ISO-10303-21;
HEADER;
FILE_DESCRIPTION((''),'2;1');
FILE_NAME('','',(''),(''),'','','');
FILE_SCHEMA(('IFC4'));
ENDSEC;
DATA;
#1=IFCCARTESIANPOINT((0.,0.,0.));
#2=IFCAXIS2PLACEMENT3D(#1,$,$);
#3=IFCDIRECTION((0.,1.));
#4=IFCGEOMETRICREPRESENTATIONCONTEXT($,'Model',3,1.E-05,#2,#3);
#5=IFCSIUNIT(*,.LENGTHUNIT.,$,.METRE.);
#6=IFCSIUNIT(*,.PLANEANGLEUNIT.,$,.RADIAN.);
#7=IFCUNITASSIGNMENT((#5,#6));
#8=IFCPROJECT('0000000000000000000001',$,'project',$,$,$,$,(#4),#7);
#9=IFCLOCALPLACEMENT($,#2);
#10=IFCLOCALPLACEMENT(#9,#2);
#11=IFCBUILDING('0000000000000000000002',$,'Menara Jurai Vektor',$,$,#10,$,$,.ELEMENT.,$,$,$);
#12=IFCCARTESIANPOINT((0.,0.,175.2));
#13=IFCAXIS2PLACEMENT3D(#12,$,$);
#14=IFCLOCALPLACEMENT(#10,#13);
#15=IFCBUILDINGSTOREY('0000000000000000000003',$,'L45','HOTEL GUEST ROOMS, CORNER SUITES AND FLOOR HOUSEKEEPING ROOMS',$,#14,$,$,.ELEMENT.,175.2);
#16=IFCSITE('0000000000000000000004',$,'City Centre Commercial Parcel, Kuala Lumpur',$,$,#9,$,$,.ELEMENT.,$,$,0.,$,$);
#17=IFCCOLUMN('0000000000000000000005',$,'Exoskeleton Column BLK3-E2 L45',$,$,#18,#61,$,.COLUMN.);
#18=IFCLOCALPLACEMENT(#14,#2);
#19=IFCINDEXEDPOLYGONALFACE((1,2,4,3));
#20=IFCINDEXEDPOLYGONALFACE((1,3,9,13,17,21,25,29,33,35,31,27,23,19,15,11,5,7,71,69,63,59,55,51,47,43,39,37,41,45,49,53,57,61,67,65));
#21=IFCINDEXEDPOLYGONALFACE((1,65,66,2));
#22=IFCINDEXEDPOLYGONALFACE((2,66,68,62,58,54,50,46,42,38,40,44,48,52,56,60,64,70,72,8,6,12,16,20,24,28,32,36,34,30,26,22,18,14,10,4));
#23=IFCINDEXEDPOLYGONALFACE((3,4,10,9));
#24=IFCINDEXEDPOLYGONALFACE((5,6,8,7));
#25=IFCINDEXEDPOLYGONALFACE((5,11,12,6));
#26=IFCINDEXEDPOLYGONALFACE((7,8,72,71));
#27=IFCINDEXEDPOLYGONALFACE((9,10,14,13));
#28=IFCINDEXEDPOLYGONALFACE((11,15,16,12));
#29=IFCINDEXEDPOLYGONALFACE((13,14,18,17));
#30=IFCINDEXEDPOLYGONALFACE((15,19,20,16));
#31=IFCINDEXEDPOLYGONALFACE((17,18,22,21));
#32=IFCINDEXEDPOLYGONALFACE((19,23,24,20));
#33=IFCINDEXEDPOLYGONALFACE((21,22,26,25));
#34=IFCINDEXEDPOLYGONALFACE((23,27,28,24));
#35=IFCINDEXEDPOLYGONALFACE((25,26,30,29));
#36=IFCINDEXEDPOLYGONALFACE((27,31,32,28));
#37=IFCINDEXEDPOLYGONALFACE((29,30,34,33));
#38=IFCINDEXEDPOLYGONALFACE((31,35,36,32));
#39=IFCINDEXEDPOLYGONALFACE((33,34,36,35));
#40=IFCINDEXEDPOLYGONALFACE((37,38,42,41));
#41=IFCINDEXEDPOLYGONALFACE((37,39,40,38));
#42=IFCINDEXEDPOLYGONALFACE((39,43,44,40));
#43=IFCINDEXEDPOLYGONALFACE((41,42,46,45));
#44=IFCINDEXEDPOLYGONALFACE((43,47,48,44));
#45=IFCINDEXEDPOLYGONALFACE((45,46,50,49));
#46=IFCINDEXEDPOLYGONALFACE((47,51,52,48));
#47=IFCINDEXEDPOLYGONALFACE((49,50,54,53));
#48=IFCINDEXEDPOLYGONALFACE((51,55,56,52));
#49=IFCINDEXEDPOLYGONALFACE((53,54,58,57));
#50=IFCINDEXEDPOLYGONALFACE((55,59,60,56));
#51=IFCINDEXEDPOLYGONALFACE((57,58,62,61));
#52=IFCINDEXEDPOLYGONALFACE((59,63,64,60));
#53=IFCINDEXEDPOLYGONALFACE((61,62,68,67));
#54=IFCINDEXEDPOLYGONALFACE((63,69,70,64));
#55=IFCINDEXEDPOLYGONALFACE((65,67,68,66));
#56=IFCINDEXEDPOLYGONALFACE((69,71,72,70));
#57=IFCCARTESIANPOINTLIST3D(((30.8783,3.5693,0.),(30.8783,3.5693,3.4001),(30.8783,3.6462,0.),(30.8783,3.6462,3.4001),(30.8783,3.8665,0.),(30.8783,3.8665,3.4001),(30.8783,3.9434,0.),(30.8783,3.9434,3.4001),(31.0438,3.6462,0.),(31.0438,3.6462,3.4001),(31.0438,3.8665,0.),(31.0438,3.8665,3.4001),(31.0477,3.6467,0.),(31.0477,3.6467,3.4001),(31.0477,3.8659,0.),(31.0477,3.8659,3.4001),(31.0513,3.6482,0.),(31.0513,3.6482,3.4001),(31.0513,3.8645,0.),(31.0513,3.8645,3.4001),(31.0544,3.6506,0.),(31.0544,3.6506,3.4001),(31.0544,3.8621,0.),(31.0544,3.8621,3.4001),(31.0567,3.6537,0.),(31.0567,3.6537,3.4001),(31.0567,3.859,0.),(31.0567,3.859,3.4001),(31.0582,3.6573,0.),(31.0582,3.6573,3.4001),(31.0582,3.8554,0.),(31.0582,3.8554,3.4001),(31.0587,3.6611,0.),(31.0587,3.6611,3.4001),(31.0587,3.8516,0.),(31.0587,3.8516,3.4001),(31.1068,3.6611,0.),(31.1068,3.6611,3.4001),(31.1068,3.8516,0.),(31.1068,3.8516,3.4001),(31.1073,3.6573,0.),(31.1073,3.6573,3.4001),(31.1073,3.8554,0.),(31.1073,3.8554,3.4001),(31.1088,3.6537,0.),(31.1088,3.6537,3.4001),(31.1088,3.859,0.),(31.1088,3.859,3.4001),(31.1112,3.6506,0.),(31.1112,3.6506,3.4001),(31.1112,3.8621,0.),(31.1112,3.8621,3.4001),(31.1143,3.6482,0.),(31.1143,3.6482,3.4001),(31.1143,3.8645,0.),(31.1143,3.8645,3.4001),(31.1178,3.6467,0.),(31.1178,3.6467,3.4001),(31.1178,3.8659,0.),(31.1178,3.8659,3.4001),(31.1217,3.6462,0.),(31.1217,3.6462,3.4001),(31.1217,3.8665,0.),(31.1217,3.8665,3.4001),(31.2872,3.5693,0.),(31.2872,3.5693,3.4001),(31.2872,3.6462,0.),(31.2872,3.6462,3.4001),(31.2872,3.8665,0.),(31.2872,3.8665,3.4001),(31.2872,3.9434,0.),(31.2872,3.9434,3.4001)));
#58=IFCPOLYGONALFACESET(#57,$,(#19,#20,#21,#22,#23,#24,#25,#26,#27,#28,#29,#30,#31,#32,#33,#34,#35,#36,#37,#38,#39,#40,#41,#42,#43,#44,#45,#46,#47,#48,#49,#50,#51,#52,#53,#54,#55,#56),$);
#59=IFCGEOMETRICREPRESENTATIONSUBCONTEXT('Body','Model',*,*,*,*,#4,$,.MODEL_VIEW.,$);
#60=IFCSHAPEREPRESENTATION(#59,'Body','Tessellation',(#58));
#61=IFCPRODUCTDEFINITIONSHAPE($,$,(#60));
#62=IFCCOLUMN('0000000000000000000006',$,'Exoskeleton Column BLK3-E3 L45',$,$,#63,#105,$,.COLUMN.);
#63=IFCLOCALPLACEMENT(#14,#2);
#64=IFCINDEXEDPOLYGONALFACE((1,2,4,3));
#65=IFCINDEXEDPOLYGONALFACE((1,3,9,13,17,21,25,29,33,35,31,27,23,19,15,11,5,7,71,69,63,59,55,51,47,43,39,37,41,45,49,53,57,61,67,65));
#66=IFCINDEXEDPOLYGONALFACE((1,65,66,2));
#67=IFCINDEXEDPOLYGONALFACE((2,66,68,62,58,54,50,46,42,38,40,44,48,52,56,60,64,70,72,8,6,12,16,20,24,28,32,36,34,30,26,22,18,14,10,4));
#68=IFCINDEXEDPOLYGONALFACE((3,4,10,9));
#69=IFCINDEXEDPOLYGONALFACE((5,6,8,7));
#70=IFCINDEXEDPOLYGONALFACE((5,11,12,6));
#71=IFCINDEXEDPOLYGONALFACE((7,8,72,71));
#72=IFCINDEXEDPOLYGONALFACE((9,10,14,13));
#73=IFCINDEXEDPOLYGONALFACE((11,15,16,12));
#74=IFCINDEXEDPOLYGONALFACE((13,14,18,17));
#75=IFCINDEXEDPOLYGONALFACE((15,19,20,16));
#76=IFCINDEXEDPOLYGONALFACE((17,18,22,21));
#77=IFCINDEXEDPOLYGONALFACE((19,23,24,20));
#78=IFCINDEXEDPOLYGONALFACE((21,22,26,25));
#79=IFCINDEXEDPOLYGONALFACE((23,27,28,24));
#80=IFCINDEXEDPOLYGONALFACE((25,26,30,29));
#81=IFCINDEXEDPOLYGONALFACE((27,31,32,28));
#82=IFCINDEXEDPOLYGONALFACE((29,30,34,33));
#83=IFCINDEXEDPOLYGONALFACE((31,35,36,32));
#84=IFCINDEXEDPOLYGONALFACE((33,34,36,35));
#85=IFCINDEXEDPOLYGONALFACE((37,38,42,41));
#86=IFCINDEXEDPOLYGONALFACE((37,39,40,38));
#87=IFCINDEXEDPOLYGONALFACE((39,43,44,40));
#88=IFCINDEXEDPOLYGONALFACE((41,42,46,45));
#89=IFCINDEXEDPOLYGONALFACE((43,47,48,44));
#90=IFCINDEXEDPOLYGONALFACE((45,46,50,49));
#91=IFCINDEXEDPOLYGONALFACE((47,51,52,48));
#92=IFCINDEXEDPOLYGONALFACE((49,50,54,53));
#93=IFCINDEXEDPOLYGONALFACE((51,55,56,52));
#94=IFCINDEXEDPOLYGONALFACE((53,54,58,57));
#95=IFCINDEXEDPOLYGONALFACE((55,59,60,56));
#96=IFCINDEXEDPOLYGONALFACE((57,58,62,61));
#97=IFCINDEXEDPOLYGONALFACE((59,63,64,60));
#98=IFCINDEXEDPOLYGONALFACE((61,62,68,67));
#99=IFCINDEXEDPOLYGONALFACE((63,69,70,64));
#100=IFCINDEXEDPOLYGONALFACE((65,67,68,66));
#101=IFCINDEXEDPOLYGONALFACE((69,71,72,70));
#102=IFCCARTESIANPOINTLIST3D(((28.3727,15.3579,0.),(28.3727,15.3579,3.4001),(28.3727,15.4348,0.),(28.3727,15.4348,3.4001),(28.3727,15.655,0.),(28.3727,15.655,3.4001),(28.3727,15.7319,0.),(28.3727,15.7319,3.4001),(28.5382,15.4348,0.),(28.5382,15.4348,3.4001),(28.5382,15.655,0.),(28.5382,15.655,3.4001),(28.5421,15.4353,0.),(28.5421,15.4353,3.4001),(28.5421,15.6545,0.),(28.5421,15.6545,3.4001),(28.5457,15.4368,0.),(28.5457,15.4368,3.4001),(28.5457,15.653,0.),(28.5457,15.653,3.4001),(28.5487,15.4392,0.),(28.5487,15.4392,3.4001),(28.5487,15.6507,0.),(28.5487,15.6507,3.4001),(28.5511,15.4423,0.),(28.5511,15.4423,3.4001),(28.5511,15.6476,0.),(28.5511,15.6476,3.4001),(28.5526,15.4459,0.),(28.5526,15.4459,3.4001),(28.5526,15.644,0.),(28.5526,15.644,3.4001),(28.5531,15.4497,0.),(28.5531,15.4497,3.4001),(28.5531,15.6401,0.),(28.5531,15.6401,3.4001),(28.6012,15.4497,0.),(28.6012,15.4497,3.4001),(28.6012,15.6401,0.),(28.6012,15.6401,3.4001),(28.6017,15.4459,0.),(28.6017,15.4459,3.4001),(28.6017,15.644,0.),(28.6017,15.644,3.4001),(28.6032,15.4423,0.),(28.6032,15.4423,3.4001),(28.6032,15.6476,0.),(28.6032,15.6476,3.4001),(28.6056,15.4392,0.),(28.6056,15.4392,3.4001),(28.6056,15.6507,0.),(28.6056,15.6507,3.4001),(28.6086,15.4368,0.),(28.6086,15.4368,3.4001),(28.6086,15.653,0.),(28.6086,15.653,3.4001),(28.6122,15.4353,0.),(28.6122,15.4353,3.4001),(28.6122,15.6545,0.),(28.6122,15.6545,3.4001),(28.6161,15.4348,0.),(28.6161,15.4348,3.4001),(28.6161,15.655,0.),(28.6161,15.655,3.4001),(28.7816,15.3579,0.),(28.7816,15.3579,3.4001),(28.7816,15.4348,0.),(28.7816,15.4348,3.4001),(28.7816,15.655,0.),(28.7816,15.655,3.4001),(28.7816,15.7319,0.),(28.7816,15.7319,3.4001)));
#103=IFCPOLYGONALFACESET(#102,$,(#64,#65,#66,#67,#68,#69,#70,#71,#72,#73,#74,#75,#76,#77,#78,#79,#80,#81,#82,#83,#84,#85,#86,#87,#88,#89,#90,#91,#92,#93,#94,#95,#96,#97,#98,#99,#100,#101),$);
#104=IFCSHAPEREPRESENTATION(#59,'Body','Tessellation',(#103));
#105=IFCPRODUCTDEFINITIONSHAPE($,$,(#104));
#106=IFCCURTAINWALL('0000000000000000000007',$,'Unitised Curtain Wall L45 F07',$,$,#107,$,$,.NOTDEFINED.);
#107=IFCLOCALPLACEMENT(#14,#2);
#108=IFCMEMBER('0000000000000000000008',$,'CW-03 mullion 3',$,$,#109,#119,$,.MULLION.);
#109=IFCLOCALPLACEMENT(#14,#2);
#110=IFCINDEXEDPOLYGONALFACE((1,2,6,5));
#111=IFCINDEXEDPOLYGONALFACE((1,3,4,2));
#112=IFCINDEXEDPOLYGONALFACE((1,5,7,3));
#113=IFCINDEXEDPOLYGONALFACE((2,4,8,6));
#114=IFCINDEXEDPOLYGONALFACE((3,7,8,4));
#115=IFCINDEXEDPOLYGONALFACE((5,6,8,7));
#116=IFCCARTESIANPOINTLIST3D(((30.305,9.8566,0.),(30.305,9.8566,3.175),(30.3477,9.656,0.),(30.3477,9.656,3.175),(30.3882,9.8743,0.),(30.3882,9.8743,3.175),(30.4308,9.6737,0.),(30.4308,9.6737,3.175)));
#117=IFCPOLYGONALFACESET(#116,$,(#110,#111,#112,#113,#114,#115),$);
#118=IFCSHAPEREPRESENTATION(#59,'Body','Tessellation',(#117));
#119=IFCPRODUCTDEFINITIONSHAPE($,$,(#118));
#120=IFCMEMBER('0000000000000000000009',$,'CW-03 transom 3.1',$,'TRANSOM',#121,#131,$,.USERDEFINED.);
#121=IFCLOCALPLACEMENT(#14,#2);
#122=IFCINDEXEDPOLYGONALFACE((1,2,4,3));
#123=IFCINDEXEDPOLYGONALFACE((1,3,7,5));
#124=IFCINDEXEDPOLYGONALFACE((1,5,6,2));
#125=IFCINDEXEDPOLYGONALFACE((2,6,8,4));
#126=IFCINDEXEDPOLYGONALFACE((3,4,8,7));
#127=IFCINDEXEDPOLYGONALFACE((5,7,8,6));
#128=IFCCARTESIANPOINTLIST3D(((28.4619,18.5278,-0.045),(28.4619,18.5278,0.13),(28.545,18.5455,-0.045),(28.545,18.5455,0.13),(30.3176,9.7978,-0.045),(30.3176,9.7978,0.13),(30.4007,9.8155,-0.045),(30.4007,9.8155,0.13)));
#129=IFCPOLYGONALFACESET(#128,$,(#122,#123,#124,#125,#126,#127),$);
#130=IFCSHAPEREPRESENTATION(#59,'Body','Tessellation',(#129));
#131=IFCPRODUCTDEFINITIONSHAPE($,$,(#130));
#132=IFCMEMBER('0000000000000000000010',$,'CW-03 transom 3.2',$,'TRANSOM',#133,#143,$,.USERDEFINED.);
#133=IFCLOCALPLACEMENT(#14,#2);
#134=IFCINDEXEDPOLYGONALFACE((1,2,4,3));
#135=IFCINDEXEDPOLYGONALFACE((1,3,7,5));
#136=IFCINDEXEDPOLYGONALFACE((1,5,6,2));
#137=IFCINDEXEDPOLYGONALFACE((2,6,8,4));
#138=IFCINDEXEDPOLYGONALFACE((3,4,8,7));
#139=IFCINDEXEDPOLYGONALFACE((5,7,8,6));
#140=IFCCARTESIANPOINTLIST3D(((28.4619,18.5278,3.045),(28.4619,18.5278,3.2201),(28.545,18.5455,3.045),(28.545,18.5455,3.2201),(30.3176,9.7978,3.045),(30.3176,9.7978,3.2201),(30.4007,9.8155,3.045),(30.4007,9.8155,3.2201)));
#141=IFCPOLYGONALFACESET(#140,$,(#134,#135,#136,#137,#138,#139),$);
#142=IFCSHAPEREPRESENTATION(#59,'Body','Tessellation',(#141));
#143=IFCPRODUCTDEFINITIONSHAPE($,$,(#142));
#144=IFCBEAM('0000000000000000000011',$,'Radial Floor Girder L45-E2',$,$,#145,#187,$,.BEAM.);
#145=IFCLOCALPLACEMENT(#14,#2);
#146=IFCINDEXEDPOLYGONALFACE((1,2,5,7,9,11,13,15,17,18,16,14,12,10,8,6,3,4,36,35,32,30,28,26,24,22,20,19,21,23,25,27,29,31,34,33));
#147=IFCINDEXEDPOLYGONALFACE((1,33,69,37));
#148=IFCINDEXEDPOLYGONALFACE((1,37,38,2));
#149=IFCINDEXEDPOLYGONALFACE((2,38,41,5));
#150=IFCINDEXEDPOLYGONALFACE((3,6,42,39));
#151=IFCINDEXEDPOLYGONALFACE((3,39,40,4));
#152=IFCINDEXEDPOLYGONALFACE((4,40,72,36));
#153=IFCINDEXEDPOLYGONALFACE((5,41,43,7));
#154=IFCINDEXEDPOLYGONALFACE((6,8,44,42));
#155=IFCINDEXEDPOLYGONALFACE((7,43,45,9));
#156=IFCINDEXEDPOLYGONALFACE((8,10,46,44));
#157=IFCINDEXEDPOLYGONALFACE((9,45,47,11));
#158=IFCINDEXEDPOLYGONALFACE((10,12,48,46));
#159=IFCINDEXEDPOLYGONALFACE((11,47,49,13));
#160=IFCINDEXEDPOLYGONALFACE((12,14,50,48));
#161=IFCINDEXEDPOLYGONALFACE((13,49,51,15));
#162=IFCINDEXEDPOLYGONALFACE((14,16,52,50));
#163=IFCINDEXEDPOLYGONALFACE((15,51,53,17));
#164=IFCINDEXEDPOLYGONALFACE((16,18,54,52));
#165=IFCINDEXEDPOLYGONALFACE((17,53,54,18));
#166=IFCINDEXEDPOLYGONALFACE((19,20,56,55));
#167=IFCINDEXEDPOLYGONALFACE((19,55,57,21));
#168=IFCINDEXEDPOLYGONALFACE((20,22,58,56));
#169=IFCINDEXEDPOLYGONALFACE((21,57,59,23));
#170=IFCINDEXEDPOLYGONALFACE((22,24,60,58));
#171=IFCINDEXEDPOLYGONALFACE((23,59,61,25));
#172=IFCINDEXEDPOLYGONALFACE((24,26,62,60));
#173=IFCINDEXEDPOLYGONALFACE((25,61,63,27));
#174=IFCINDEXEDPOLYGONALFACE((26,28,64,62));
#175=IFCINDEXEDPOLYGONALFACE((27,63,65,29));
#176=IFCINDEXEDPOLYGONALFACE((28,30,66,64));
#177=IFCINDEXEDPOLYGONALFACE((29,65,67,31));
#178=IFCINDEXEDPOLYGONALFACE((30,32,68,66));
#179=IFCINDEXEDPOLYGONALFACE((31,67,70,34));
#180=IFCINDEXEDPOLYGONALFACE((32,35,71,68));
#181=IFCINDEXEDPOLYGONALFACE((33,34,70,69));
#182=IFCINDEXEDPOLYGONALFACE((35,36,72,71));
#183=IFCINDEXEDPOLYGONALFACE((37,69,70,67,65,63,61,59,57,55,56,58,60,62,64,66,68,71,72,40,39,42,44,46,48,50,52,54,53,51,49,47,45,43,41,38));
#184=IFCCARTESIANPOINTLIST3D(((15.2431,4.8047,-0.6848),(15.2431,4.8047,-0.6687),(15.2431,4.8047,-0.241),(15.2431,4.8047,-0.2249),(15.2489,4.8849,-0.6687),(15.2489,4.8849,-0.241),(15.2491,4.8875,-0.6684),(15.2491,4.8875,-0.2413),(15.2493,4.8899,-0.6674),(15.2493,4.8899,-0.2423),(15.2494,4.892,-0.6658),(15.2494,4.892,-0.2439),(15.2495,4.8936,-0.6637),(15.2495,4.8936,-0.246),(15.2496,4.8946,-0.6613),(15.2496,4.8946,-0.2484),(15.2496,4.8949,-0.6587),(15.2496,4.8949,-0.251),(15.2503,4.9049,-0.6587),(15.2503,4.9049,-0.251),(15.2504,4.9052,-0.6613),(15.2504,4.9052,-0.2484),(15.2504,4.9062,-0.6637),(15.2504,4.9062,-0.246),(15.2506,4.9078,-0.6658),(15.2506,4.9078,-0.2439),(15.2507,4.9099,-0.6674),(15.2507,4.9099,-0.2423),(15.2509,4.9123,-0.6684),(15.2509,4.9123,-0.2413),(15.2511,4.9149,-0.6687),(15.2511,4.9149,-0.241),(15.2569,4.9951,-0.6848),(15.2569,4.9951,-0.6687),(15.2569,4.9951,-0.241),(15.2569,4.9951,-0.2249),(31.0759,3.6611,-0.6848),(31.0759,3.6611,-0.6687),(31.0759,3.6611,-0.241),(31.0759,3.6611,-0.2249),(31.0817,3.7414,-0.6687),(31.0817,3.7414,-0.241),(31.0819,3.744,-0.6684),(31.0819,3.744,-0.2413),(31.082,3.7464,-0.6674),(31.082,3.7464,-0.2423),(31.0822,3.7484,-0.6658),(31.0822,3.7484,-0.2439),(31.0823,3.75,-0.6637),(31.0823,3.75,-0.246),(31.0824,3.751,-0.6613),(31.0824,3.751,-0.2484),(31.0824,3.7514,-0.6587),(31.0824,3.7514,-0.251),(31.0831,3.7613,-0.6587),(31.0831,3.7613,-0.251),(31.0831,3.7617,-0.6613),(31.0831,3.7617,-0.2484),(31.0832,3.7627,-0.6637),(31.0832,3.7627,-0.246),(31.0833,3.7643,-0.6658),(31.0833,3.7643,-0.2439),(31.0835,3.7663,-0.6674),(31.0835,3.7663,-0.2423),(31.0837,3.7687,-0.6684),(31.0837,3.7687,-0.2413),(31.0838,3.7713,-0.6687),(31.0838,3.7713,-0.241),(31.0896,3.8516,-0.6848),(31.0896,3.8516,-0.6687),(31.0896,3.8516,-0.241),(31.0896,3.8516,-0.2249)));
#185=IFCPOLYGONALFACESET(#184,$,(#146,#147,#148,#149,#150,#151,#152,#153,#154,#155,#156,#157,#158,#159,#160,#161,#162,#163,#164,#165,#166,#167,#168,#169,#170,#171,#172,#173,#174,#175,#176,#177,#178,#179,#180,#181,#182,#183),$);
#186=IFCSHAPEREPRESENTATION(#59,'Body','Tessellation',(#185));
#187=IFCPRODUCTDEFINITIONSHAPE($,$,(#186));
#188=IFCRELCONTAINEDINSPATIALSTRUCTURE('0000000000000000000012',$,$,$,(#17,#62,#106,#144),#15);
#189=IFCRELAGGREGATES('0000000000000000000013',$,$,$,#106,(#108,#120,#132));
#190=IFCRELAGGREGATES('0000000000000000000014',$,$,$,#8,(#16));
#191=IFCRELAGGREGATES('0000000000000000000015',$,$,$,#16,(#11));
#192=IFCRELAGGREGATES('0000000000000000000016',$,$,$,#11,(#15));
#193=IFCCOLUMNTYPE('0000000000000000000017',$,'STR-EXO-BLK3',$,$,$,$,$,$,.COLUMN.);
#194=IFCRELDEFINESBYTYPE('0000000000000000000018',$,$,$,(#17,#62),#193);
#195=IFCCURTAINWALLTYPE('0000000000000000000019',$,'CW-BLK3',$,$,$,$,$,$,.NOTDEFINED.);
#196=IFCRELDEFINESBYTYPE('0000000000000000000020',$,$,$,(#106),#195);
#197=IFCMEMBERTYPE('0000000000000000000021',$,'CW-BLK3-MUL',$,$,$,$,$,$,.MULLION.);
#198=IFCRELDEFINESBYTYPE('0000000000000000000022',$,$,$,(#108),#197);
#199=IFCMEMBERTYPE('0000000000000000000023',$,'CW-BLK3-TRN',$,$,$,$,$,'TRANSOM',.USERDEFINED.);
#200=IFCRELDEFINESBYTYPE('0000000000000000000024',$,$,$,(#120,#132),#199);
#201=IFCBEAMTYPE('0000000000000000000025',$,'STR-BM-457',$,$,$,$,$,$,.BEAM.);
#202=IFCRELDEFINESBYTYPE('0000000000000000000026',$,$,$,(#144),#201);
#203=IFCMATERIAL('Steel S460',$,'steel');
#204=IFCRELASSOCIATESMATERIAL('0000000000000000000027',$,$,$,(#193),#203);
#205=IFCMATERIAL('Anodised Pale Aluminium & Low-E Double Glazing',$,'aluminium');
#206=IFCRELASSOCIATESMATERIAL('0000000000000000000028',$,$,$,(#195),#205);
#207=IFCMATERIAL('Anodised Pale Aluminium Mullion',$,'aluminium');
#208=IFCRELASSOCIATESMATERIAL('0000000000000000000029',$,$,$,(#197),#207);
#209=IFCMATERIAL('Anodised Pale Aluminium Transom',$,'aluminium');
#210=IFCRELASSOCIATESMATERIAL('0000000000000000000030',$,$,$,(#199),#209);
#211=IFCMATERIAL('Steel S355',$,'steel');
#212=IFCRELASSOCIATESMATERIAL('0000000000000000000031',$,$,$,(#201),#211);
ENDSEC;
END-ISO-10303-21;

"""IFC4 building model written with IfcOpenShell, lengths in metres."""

from ifc_helpers import new_model, si_unit, direction, frame, origin, origin_2d, place, context, subcontext, project, spatial, rectangle, i_section, extrude, material, material_profile, profile_set, type_object, element, aggregate, save


model = new_model("IFC4")

# Units and contexts
model_context = context("Model", 3, precision=1e-05, world=origin(), true_north=direction((0.0, 1.0)))
body_context = subcontext(model_context, "Body", "Model", "MODEL_VIEW")
ifc_project = project(units=[si_unit("LENGTHUNIT", "METRE"), si_unit("PLANEANGLEUNIT", "RADIAN")], contexts=[model_context])

# Site, building, storey
site_placement = place(None, origin())
site = spatial("IfcSite", under=ifc_project, at=site_placement, Name="City Centre Commercial Parcel, Kuala Lumpur", CompositionType="ELEMENT", RefElevation=0.0)
building_placement = place(site_placement, origin())
building = spatial("IfcBuilding", under=site, at=building_placement, Name="Menara Jurai Vektor", CompositionType="ELEMENT")
storey_placement = place(building_placement, frame((0.0, 0.0, 175.2)))
storey = spatial("IfcBuildingStorey", under=building, at=storey_placement, Name="L45", Description="HOTEL GUEST ROOMS, CORNER SUITES AND FLOOR HOUSEKEEPING ROOMS", CompositionType="ELEMENT", Elevation=175.2)

# Columns
ifc_material_1 = material(Name="Steel S460", Category="steel")
ifc_material_profile_1 = material_profile(ifc_material_1, i_section(OverallWidth=0.4089, OverallDepth=0.374, WebThickness=0.0481, FlangeThickness=0.0769, FilletRadius=0.0149, at=origin_2d()), Name="HD 400x634")
ifc_profile_set_1 = profile_set([ifc_material_profile_1], Name="Steel S460")
column_type = type_object("IfcColumnType", Name="STR-EXO-BLK3", PredefinedType="COLUMN", material=ifc_profile_set_1)
for number, where, z_axis, x_axis, name in (
    (1, (31.0828, 3.7563, 0.0), (0.0, 0.0, 1.0), (1.0, 0.0, 0.0), "Exoskeleton Column BLK3-E2 L45"),
    (2, (28.5771, 15.5449, 0.0), (0.0, 0.0, 1.0), (1.0, 0.0, 0.0), "Exoskeleton Column BLK3-E3 L45"),
):
    element("IfcColumn", number, at=place(storey_placement, frame(where, z_axis=z_axis, x_axis=x_axis)), inside=storey, type_object=column_type, Name=name, PredefinedType="COLUMN", context=body_context, shape_type="SweptSolid", body=[
        extrude(i_section(OverallWidth=0.4089, OverallDepth=0.374, WebThickness=0.0481, FlangeThickness=0.0769, FilletRadius=0.0149, at=origin_2d()), origin(), (0.0, 0.0, 1.0), 3.4001),
    ])

# Curtain wall, members
ifc_material_2 = material(Name="Anodised Pale Aluminium & Low-E Double Glazing", Category="aluminium")
curtain_wall_type = type_object("IfcCurtainWallType", Name="CW-BLK3", PredefinedType="NOTDEFINED", material=ifc_material_2)
curtain_wall_placement = place(storey_placement, origin())
curtain_wall = element("IfcCurtainWall", 3, at=curtain_wall_placement, inside=storey, type_object=curtain_wall_type, Name="Unitised Curtain Wall L45 F07", PredefinedType="NOTDEFINED")
ifc_material_3 = material(Name="Anodised Pale Aluminium Mullion", Category="aluminium")
ifc_material_profile_2 = material_profile(ifc_material_3, rectangle(XDim=0.085, YDim=0.2051, at=origin_2d()), Name="ALU MUL 85x205")
ifc_profile_set_2 = profile_set([ifc_material_profile_2], Name="Anodised Pale Aluminium Mullion")
member_type_1 = type_object("IfcMemberType", Name="CW-BLK3-MUL", PredefinedType="MULLION", material=ifc_profile_set_2)
member_1_placement = place(storey_placement, frame((30.3679, 9.7651, 0.0), z_axis=(0.0, 0.0, 1.0), x_axis=(-0.978148, -0.20791, 0.0)))
member_1 = element("IfcMember", 4, at=member_1_placement, type_object=member_type_1, Name="CW-03 mullion 3", PredefinedType="MULLION", context=body_context, shape_type="SweptSolid", body=[
    extrude(rectangle(XDim=0.085, YDim=0.2051, at=origin_2d()), origin(), (0.0, 0.0, 1.0), 3.175),
])
ifc_material_4 = material(Name="Anodised Pale Aluminium Transom", Category="aluminium")
ifc_material_profile_3 = material_profile(ifc_material_4, rectangle(XDim=0.085, YDim=0.175, at=origin_2d()), Name="ALU TRN 85x175")
ifc_profile_set_3 = profile_set([ifc_material_profile_3], Name="Anodised Pale Aluminium Transom")
member_type_2 = type_object("IfcMemberType", Name="CW-BLK3-TRN", ElementType="TRANSOM", PredefinedType="USERDEFINED", material=ifc_profile_set_3)
member_2_placement = place(storey_placement, frame((30.3591, 9.8066, 0.0425), z_axis=(-0.207922, 0.978145, 0.0), x_axis=(-0.978145, -0.207922, 0.0)))
member_2 = element("IfcMember", 5, at=member_2_placement, type_object=member_type_2, Name="CW-03 transom 3.1", ObjectType="TRANSOM", PredefinedType="USERDEFINED", context=body_context, shape_type="SweptSolid", body=[
    extrude(rectangle(XDim=0.085, YDim=0.175, at=origin_2d()), origin(), (0.0, 0.0, 1.0), 8.925),
])
member_3_placement = place(storey_placement, frame((30.3591, 9.8066, 3.1326), z_axis=(-0.207922, 0.978145, 0.0), x_axis=(-0.978145, -0.207922, 0.0)))
member_3 = element("IfcMember", 6, at=member_3_placement, type_object=member_type_2, Name="CW-03 transom 3.2", ObjectType="TRANSOM", PredefinedType="USERDEFINED", context=body_context, shape_type="SweptSolid", body=[
    extrude(rectangle(XDim=0.085, YDim=0.175, at=origin_2d()), origin(), (0.0, 0.0, 1.0), 8.925),
])

# Beam
ifc_material_5 = material(Name="Steel S355", Category="steel")
ifc_material_profile_4 = material_profile(ifc_material_5, i_section(OverallWidth=0.1909, OverallDepth=0.46, WebThickness=0.01, FlangeThickness=0.0161, FilletRadius=0.01, at=origin_2d()), Name="UKB 457x191x82")
ifc_profile_set_4 = profile_set([ifc_material_profile_4], Name="Steel S355")
beam_type_1 = type_object("IfcBeamType", Name="STR-BM-457", PredefinedType="BEAM", material=ifc_profile_set_4)
beam_1_placement = place(storey_placement, frame((31.0828, 3.7563, -0.4548), z_axis=(-0.997402, 0.072039, 0.0), x_axis=(-0.072039, -0.997402, 0.0)))
element("IfcBeam", 7, at=beam_1_placement, inside=storey, type_object=beam_type_1, Name="Radial Floor Girder L45-E2", PredefinedType="BEAM", context=body_context, shape_type="SweptSolid", body=[
    extrude(i_section(OverallWidth=0.1909, OverallDepth=0.46, WebThickness=0.01, FlangeThickness=0.0161, FilletRadius=0.01, at=origin_2d()), origin(), (0.0, 0.0, 1.0), 15.874),
])

aggregate(curtain_wall, [member_1, member_2, member_3])

save(model, "model.ifc")
